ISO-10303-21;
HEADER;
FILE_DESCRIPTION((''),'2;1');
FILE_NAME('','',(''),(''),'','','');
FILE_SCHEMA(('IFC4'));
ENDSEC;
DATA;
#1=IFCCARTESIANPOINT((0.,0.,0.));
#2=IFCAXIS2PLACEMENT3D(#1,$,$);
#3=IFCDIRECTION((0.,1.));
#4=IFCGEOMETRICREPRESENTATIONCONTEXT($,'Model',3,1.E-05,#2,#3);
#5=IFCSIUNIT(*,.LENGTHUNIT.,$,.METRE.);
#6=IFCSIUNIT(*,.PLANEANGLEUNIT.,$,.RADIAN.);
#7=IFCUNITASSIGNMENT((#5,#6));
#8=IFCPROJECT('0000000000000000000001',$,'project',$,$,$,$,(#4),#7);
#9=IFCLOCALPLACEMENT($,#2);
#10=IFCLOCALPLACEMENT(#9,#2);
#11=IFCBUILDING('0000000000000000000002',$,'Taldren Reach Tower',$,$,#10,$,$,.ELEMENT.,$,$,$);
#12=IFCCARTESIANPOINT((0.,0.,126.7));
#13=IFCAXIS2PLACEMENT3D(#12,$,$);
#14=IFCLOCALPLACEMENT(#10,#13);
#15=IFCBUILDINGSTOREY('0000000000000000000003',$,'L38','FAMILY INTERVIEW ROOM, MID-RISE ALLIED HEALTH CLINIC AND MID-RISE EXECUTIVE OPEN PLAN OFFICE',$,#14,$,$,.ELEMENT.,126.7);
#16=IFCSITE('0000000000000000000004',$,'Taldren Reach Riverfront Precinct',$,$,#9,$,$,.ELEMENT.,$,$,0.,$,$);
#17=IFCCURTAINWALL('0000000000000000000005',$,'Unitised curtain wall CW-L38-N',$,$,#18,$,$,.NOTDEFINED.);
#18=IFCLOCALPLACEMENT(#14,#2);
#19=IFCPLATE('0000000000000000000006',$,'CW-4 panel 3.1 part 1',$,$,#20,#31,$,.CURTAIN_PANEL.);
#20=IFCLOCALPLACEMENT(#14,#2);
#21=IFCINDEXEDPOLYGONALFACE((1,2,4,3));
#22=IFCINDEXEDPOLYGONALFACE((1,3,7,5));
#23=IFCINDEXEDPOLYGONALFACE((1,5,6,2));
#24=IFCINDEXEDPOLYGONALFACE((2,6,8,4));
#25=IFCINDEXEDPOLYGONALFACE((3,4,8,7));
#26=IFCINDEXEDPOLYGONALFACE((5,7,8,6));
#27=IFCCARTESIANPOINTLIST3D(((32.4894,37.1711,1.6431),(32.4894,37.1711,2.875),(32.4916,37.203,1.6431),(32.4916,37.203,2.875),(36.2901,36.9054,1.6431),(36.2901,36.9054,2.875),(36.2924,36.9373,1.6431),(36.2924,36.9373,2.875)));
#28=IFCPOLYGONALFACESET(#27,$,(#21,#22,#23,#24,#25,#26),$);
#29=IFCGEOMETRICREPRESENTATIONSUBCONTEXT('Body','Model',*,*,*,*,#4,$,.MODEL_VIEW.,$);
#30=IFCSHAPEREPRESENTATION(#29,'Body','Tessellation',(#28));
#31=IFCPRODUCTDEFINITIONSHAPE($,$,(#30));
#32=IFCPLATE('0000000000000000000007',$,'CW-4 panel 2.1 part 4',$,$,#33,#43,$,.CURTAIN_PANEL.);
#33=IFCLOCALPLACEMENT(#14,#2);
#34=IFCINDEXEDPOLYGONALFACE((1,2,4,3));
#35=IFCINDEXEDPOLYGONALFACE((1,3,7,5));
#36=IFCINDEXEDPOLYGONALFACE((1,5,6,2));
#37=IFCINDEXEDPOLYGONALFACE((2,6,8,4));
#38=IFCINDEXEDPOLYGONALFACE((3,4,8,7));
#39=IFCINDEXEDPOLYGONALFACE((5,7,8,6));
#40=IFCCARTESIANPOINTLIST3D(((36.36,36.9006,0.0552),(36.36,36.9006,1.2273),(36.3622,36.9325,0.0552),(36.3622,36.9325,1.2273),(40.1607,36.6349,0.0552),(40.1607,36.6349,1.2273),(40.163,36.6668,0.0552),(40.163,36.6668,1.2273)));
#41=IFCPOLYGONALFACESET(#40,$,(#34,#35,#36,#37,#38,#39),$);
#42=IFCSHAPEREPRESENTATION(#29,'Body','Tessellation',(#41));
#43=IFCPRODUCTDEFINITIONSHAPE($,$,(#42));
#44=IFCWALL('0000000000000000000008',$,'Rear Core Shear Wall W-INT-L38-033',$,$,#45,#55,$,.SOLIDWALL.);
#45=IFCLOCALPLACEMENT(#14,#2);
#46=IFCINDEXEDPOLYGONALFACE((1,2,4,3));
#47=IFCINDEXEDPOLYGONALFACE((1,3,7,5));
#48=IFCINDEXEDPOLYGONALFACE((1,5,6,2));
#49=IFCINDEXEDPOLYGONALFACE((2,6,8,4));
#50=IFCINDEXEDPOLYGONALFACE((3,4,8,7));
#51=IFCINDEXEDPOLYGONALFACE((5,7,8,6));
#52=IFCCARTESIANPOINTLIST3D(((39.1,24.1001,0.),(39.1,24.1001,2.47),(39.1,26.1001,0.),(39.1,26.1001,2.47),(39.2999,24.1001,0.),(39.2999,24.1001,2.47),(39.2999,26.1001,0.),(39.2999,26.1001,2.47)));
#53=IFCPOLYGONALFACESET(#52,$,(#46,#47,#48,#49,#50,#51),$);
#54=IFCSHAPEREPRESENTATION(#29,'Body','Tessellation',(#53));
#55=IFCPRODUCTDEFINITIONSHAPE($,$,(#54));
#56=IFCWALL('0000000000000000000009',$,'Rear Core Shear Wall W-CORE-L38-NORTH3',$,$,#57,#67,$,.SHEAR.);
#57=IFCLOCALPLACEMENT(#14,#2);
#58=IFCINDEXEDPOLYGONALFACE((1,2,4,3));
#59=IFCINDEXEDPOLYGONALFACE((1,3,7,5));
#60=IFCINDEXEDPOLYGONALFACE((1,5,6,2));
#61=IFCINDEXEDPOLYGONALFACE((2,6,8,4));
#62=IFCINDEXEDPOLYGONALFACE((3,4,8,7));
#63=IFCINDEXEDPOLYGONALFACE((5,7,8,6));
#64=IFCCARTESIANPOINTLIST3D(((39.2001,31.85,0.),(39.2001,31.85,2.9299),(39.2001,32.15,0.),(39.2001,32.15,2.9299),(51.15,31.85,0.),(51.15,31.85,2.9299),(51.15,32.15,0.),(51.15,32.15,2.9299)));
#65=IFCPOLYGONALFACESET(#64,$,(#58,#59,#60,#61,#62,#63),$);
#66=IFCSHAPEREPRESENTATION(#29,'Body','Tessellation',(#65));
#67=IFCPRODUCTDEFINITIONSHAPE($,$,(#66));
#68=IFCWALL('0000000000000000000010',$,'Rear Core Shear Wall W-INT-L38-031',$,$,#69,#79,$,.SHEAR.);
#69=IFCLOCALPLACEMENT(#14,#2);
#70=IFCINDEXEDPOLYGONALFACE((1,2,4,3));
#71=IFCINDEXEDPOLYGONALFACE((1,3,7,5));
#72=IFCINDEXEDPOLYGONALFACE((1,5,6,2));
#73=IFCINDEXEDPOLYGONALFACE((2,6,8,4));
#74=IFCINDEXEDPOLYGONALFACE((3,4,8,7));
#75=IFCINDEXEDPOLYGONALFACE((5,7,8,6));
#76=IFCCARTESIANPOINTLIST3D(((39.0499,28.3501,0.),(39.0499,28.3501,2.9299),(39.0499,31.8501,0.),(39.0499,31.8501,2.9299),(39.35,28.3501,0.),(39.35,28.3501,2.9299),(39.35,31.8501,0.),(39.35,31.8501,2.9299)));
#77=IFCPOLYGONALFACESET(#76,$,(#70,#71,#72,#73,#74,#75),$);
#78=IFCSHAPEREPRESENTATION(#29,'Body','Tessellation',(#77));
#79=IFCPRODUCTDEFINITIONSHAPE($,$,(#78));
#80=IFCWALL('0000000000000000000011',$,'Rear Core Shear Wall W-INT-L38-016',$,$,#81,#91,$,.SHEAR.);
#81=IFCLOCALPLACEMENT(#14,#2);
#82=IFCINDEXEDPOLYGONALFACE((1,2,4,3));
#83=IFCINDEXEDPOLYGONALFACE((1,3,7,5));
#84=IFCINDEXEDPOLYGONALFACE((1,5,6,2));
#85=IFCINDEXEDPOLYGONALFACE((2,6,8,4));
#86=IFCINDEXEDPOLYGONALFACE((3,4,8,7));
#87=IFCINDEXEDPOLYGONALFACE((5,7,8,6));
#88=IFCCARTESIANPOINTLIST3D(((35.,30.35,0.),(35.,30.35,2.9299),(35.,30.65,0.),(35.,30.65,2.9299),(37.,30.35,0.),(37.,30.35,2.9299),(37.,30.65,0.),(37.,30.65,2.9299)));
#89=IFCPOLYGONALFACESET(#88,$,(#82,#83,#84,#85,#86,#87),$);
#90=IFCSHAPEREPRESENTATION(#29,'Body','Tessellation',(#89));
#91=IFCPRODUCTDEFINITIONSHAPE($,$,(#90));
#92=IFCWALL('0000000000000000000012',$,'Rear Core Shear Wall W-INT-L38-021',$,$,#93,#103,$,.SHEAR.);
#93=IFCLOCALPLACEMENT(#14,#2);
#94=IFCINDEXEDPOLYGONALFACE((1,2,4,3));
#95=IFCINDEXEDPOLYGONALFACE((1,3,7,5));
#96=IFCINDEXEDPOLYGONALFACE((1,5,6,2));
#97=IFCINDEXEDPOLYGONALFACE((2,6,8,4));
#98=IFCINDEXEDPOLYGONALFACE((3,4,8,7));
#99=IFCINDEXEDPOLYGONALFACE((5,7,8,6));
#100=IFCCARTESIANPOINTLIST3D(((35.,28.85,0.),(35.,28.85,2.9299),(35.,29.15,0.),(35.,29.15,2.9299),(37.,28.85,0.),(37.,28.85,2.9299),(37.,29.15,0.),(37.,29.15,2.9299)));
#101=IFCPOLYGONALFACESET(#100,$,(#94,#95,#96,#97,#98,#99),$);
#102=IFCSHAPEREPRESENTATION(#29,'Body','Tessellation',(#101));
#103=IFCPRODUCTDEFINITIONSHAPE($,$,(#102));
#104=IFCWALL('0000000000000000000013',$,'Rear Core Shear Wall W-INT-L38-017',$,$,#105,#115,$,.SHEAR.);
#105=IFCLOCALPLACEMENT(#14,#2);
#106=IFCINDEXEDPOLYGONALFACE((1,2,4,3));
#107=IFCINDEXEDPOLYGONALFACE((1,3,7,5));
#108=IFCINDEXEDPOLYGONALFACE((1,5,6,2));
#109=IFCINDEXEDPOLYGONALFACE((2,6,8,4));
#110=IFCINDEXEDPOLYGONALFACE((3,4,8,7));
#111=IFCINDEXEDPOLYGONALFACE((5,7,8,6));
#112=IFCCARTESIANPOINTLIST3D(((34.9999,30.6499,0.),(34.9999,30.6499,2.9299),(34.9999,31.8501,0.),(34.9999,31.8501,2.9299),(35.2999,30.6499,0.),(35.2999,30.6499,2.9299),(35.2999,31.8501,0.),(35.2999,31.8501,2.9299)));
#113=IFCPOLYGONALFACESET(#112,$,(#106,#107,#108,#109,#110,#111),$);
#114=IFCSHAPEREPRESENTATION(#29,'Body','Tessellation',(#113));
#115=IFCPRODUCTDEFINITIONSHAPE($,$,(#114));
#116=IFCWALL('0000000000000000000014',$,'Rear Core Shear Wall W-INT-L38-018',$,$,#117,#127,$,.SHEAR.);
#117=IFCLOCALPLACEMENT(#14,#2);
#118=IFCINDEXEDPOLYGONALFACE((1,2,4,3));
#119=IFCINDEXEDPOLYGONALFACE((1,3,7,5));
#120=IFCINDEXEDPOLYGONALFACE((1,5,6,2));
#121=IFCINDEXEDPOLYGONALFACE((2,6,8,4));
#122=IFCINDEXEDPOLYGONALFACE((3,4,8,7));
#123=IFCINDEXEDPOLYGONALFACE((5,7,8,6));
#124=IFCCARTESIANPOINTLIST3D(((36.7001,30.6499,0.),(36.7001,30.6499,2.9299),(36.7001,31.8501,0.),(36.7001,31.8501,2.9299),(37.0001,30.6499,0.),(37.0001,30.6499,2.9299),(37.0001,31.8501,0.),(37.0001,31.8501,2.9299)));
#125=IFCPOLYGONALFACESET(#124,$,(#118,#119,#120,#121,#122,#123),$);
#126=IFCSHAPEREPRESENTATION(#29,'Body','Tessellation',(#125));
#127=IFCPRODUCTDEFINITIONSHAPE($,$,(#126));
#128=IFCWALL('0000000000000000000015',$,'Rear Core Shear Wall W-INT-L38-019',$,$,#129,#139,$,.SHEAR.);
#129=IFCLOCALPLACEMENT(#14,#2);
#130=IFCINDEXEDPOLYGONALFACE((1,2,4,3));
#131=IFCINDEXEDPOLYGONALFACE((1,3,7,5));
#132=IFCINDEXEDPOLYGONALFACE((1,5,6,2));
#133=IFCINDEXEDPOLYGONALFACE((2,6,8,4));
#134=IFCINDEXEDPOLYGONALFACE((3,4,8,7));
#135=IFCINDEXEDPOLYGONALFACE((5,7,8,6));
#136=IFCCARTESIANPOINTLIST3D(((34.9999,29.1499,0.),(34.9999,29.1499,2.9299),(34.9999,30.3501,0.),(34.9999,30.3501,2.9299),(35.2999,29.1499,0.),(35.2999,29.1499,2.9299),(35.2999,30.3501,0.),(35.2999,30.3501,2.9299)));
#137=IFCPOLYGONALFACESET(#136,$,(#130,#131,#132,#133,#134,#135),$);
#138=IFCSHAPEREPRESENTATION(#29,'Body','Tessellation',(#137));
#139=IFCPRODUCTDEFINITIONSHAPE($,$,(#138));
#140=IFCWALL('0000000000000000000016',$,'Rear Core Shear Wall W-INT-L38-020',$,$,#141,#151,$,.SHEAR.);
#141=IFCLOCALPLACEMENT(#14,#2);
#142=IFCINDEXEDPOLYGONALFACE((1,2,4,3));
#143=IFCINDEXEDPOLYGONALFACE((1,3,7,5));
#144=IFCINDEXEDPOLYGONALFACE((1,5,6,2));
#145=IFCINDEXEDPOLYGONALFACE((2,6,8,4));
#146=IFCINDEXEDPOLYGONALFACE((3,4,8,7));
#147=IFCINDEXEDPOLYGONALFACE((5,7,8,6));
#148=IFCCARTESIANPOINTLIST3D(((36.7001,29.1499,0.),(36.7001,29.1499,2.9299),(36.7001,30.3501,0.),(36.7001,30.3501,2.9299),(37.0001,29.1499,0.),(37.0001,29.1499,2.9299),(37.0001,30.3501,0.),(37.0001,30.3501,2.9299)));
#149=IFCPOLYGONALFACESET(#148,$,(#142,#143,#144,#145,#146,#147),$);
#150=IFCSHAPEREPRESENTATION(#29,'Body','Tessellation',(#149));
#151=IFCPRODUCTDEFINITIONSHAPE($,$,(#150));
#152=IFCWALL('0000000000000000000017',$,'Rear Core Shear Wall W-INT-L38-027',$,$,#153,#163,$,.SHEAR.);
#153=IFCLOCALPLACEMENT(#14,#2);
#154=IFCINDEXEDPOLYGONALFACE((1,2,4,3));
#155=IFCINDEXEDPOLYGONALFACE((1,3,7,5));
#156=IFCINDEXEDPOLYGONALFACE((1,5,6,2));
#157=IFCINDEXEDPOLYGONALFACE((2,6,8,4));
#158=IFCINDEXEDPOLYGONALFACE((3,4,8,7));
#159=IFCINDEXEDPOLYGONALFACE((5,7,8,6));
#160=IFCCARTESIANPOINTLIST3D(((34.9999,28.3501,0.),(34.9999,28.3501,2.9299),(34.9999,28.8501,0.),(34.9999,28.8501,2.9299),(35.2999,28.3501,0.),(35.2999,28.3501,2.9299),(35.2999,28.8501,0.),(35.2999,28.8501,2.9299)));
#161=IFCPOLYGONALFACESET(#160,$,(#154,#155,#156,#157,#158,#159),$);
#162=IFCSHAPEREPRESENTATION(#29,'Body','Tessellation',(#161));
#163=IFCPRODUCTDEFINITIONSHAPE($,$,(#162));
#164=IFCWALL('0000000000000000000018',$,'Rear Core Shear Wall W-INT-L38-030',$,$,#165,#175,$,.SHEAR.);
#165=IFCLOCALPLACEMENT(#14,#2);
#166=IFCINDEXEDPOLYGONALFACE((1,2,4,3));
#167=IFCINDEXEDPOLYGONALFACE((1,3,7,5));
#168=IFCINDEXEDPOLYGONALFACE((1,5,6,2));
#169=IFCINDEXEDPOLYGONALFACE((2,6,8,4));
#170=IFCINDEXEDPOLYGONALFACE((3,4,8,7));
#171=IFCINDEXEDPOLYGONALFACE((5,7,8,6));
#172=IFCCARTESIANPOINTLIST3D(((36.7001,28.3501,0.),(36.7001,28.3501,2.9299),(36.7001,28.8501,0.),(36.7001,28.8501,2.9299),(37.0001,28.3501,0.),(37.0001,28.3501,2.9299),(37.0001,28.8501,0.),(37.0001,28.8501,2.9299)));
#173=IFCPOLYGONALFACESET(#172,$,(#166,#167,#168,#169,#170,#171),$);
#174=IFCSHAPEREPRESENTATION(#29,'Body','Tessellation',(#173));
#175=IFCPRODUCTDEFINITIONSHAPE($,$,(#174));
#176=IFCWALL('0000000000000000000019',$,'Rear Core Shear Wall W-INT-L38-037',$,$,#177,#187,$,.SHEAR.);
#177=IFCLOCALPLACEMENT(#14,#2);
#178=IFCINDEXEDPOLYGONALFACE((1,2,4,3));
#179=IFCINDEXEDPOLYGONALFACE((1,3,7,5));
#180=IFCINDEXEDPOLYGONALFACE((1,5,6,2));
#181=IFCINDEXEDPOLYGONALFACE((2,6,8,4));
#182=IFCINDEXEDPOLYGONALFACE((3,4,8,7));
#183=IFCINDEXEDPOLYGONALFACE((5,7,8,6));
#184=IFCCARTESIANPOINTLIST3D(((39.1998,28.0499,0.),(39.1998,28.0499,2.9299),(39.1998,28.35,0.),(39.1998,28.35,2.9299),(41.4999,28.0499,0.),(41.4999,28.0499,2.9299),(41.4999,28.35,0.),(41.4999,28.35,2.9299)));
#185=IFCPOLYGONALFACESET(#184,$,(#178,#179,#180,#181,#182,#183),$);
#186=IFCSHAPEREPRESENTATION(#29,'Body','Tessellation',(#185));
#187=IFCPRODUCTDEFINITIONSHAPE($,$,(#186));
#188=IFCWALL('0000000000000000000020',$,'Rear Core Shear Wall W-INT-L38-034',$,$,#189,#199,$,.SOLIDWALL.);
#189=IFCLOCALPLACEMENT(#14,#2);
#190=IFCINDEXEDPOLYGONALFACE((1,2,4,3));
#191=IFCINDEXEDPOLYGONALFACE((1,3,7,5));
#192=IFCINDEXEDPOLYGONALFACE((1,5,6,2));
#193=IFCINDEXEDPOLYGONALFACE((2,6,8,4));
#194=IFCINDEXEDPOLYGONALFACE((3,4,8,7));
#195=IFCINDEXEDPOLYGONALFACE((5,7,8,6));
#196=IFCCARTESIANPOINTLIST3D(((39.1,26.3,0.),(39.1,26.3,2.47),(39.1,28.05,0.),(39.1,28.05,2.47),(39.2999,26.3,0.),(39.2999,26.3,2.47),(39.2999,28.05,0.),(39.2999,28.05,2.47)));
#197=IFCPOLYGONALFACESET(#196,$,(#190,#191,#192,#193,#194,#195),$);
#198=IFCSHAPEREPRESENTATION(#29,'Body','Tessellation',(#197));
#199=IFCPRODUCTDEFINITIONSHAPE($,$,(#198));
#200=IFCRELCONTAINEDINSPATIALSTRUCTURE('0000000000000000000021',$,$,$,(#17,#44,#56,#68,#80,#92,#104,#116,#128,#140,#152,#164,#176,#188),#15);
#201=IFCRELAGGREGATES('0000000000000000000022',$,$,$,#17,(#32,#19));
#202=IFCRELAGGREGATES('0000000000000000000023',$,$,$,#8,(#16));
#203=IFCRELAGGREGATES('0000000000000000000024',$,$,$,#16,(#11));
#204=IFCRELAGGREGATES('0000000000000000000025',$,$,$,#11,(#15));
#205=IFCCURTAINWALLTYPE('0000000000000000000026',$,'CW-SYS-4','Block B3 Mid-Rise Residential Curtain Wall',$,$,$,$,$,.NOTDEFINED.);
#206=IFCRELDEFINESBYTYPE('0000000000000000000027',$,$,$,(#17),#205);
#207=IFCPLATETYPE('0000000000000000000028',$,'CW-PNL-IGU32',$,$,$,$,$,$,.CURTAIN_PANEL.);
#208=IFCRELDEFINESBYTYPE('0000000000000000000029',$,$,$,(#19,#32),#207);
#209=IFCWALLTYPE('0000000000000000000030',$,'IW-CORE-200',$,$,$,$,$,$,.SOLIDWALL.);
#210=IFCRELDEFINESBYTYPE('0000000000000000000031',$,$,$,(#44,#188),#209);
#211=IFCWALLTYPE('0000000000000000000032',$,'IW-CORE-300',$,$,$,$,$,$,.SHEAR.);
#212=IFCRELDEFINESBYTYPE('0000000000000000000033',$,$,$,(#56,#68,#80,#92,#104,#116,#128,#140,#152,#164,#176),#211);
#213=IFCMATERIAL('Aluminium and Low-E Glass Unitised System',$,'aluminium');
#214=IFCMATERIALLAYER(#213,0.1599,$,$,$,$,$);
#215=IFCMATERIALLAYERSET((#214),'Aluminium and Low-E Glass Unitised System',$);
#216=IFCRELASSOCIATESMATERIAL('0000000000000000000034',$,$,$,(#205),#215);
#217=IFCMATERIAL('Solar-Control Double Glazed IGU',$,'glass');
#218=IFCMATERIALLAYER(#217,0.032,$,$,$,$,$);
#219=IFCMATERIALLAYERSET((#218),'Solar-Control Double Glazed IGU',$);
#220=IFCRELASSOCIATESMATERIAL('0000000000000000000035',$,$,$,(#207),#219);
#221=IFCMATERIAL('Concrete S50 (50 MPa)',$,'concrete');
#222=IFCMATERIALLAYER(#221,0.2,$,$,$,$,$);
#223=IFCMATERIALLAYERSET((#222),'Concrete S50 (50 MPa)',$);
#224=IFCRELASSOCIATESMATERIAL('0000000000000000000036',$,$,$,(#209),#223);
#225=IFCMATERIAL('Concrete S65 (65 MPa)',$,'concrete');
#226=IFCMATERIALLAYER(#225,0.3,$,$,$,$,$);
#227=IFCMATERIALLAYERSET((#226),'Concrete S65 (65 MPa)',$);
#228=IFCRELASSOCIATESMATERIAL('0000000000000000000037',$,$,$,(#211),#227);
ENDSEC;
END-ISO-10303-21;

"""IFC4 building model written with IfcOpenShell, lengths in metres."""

from ifc_helpers import new_model, si_unit, direction, frame, frame_2d, origin, origin_2d, place, context, subcontext, project, spatial, rectangle, extrude, source, transform, mapped, material, layer, layer_set, type_object, element, aggregate, save


model = new_model("IFC4")

# Units and contexts
model_context = context("Model", 3, precision=1e-05, world=origin(), true_north=direction((0.0, 1.0)))
body_context = subcontext(model_context, "Body", "Model", "MODEL_VIEW")
ifc_project = project(units=[si_unit("LENGTHUNIT", "METRE"), si_unit("PLANEANGLEUNIT", "RADIAN")], contexts=[model_context])

# Site, building, storey
site_placement = place(None, origin())
site = spatial("IfcSite", under=ifc_project, at=site_placement, Name="Taldren Reach Riverfront Precinct", CompositionType="ELEMENT", RefElevation=0.0)
building_placement = place(site_placement, origin())
building = spatial("IfcBuilding", under=site, at=building_placement, Name="Taldren Reach Tower", CompositionType="ELEMENT")
storey_placement = place(building_placement, frame((0.0, 0.0, 126.7)))
storey = spatial("IfcBuildingStorey", under=building, at=storey_placement, Name="L38", Description="FAMILY INTERVIEW ROOM, MID-RISE ALLIED HEALTH CLINIC AND MID-RISE EXECUTIVE OPEN PLAN OFFICE", CompositionType="ELEMENT", Elevation=126.7)

# Curtain wall, plates
ifc_material_1 = material(Name="Aluminium and Low-E Glass Unitised System", Category="aluminium")
ifc_layer_1 = layer(ifc_material_1, 0.1599)
ifc_layer_set_1 = layer_set([ifc_layer_1], Name="Aluminium and Low-E Glass Unitised System")
curtain_wall_type = type_object("IfcCurtainWallType", Name="CW-SYS-4", Description="Block B3 Mid-Rise Residential Curtain Wall", PredefinedType="NOTDEFINED", material=ifc_layer_set_1)
curtain_wall_placement = place(storey_placement, origin())
curtain_wall = element("IfcCurtainWall", 1, at=curtain_wall_placement, inside=storey, type_object=curtain_wall_type, Name="Unitised curtain wall CW-L38-N", PredefinedType="NOTDEFINED")
ifc_material_2 = material(Name="Solar-Control Double Glazed IGU", Category="glass")
ifc_layer_2 = layer(ifc_material_2, 0.032)
ifc_layer_set_2 = layer_set([ifc_layer_2], Name="Solar-Control Double Glazed IGU")
plate_type = type_object("IfcPlateType", Name="CW-PNL-IGU32", PredefinedType="CURTAIN_PANEL", material=ifc_layer_set_2)
shared_shape_1 = source(origin(), body_context, "Body", "SweptSolid", [
    extrude(rectangle(XDim=3.8101, YDim=0.032, at=origin_2d()), origin(), (0.0, 0.0, 1.0), 1.2319),
])
plate_1_placement = place(storey_placement, frame((34.3909, 37.0542, 1.6431), z_axis=(0.0, 0.0, 1.0), x_axis=(-0.997564, 0.069757, 0.0)))
plate_1 = element("IfcPlate", 2, at=plate_1_placement, type_object=plate_type, Name="CW-4 panel 3.1 part 1", PredefinedType="CURTAIN_PANEL", context=body_context, shape_type="MappedRepresentation", body=[
    mapped(shared_shape_1, transform((0.0, 0.0, 0.0), scale=1.0)),
])
shared_shape_2 = source(origin(), body_context, "Body", "SweptSolid", [
    extrude(rectangle(XDim=3.8101, YDim=0.032, at=origin_2d()), origin(), (0.0, 0.0, 1.0), 1.1721),
])
plate_2_placement = place(storey_placement, frame((38.2615, 36.7837, 0.0552), z_axis=(0.0, 0.0, 1.0), x_axis=(-0.997564, 0.069757, 0.0)))
plate_2 = element("IfcPlate", 3, at=plate_2_placement, type_object=plate_type, Name="CW-4 panel 2.1 part 4", PredefinedType="CURTAIN_PANEL", context=body_context, shape_type="MappedRepresentation", body=[
    mapped(shared_shape_2, transform((0.0, 0.0, 0.0), scale=1.0)),
])
aggregate(curtain_wall, [plate_2, plate_1])

# Walls
ifc_material_3 = material(Name="Concrete S50 (50 MPa)", Category="concrete")
ifc_layer_3 = layer(ifc_material_3, 0.2)
ifc_layer_set_3 = layer_set([ifc_layer_3], Name="Concrete S50 (50 MPa)")
wall_type_1 = type_object("IfcWallType", Name="IW-CORE-200", PredefinedType="SOLIDWALL", material=ifc_layer_set_3)
shared_shape_3 = source(origin(), body_context, "Body", "SweptSolid", [
    extrude(rectangle(XDim=2.0, YDim=0.2, at=frame_2d((1.0, 0.0))), origin(), (0.0, 0.0, 1.0), 2.47),
])
wall_1_placement = place(storey_placement, frame((39.2, 26.1001, 0.0), z_axis=(0.0, 0.0, 1.0), x_axis=(0.0, -1.0, 0.0)))
element("IfcWall", 4, at=wall_1_placement, inside=storey, type_object=wall_type_1, Name="Rear Core Shear Wall W-INT-L38-033", PredefinedType="SOLIDWALL", context=body_context, shape_type="MappedRepresentation", body=[
    mapped(shared_shape_3, transform((0.0, 0.0, 0.0), scale=1.0)),
])
ifc_material_4 = material(Name="Concrete S65 (65 MPa)", Category="concrete")
ifc_layer_4 = layer(ifc_material_4, 0.3)
ifc_layer_set_4 = layer_set([ifc_layer_4], Name="Concrete S65 (65 MPa)")
wall_type_2 = type_object("IfcWallType", Name="IW-CORE-300", PredefinedType="SHEAR", material=ifc_layer_set_4)
shared_shape_4 = source(origin(), body_context, "Body", "SweptSolid", [
    extrude(rectangle(XDim=11.95, YDim=0.3, at=frame_2d((5.9751, 0.0))), origin(), (0.0, 0.0, 1.0), 2.9299),
])
wall_2_placement = place(storey_placement, frame((39.2, 32.0, 0.0), z_axis=(0.0, 0.0, 1.0), x_axis=(1.0, 0.0, 0.0)))
element("IfcWall", 5, at=wall_2_placement, inside=storey, type_object=wall_type_2, Name="Rear Core Shear Wall W-CORE-L38-NORTH3", PredefinedType="SHEAR", context=body_context, shape_type="MappedRepresentation", body=[
    mapped(shared_shape_4, transform((0.0, 0.0, 0.0), scale=1.0)),
])
shared_shape_5 = source(origin(), body_context, "Body", "SweptSolid", [
    extrude(rectangle(XDim=3.5, YDim=0.3, at=frame_2d((1.75, 0.0))), origin(), (0.0, 0.0, 1.0), 2.9299),
])
wall_3_placement = place(storey_placement, frame((39.2, 28.3501, 0.0), z_axis=(0.0, 0.0, 1.0), x_axis=(0.0, 1.0, 0.0)))
element("IfcWall", 6, at=wall_3_placement, inside=storey, type_object=wall_type_2, Name="Rear Core Shear Wall W-INT-L38-031", PredefinedType="SHEAR", context=body_context, shape_type="MappedRepresentation", body=[
    mapped(shared_shape_5, transform((0.0, 0.0, 0.0), scale=1.0)),
])
shared_shape_6 = source(origin(), body_context, "Body", "SweptSolid", [
    extrude(rectangle(XDim=2.0, YDim=0.3, at=frame_2d((1.0, 0.0))), origin(), (0.0, 0.0, 1.0), 2.9299),
])
for number, where, z_axis, x_axis, name in (
    (7, (35.0, 30.5, 0.0), (0.0, 0.0, 1.0), (1.0, 0.0, 0.0), "Rear Core Shear Wall W-INT-L38-016"),
    (8, (35.0, 29.0, 0.0), (0.0, 0.0, 1.0), (1.0, 0.0, 0.0), "Rear Core Shear Wall W-INT-L38-021"),
):
    element("IfcWall", number, at=place(storey_placement, frame(where, z_axis=z_axis, x_axis=x_axis)), inside=storey, type_object=wall_type_2, Name=name, PredefinedType="SHEAR", context=body_context, shape_type="MappedRepresentation", body=[
        mapped(shared_shape_6, transform((0.0, 0.0, 0.0), scale=1.0)),
    ])
shared_shape_7 = source(origin(), body_context, "Body", "SweptSolid", [
    extrude(rectangle(XDim=1.2002, YDim=0.3, at=frame_2d((0.6001, 0.0))), origin(), (0.0, 0.0, 1.0), 2.9299),
])
for number, where, z_axis, x_axis, name in (
    (9, (35.1499, 31.8501, 0.0), (0.0, 0.0, 1.0), (0.0, -1.0, 0.0), "Rear Core Shear Wall W-INT-L38-017"),
    (10, (36.8501, 30.6499, 0.0), (0.0, 0.0, 1.0), (0.0, 1.0, 0.0), "Rear Core Shear Wall W-INT-L38-018"),
    (11, (35.1499, 30.3501, 0.0), (0.0, 0.0, 1.0), (0.0, -1.0, 0.0), "Rear Core Shear Wall W-INT-L38-019"),
    (12, (36.8501, 29.1499, 0.0), (0.0, 0.0, 1.0), (0.0, 1.0, 0.0), "Rear Core Shear Wall W-INT-L38-020"),
):
    element("IfcWall", number, at=place(storey_placement, frame(where, z_axis=z_axis, x_axis=x_axis)), inside=storey, type_object=wall_type_2, Name=name, PredefinedType="SHEAR", context=body_context, shape_type="MappedRepresentation", body=[
        mapped(shared_shape_7, transform((0.0, 0.0, 0.0), scale=1.0)),
    ])
shared_shape_8 = source(origin(), body_context, "Body", "SweptSolid", [
    extrude(rectangle(XDim=0.5, YDim=0.3, at=frame_2d((0.25, 0.0))), origin(), (0.0, 0.0, 1.0), 2.9299),
])
for number, where, z_axis, x_axis, name in (
    (13, (35.1499, 28.3501, 0.0), (0.0, 0.0, 1.0), (0.0, 1.0, 0.0), "Rear Core Shear Wall W-INT-L38-027"),
    (14, (36.8501, 28.8501, 0.0), (0.0, 0.0, 1.0), (0.0, -1.0, 0.0), "Rear Core Shear Wall W-INT-L38-030"),
):
    element("IfcWall", number, at=place(storey_placement, frame(where, z_axis=z_axis, x_axis=x_axis)), inside=storey, type_object=wall_type_2, Name=name, PredefinedType="SHEAR", context=body_context, shape_type="MappedRepresentation", body=[
        mapped(shared_shape_8, transform((0.0, 0.0, 0.0), scale=1.0)),
    ])

# Walls
shared_shape_9 = source(origin(), body_context, "Body", "SweptSolid", [
    extrude(rectangle(XDim=2.3, YDim=0.3, at=frame_2d((1.1499, 0.0))), origin(), (0.0, 0.0, 1.0), 2.9299),
])
wall_4_placement = place(storey_placement, frame((39.2, 28.2, 0.0), z_axis=(0.0, 0.0, 1.0), x_axis=(1.0, 0.0, 0.0)))
element("IfcWall", 15, at=wall_4_placement, inside=storey, type_object=wall_type_2, Name="Rear Core Shear Wall W-INT-L38-037", PredefinedType="SHEAR", context=body_context, shape_type="MappedRepresentation", body=[
    mapped(shared_shape_9, transform((0.0, 0.0, 0.0), scale=1.0)),
])
shared_shape_10 = source(origin(), body_context, "Body", "SweptSolid", [
    extrude(rectangle(XDim=1.75, YDim=0.2, at=frame_2d((0.875, 0.0))), origin(), (0.0, 0.0, 1.0), 2.47),
])
wall_5_placement = place(storey_placement, frame((39.2, 28.05, 0.0), z_axis=(0.0, 0.0, 1.0), x_axis=(0.0, -1.0, 0.0)))
element("IfcWall", 16, at=wall_5_placement, inside=storey, type_object=wall_type_1, Name="Rear Core Shear Wall W-INT-L38-034", PredefinedType="SOLIDWALL", context=body_context, shape_type="MappedRepresentation", body=[
    mapped(shared_shape_10, transform((0.0, 0.0, 0.0), scale=1.0)),
])

save(model, "model.ifc")
